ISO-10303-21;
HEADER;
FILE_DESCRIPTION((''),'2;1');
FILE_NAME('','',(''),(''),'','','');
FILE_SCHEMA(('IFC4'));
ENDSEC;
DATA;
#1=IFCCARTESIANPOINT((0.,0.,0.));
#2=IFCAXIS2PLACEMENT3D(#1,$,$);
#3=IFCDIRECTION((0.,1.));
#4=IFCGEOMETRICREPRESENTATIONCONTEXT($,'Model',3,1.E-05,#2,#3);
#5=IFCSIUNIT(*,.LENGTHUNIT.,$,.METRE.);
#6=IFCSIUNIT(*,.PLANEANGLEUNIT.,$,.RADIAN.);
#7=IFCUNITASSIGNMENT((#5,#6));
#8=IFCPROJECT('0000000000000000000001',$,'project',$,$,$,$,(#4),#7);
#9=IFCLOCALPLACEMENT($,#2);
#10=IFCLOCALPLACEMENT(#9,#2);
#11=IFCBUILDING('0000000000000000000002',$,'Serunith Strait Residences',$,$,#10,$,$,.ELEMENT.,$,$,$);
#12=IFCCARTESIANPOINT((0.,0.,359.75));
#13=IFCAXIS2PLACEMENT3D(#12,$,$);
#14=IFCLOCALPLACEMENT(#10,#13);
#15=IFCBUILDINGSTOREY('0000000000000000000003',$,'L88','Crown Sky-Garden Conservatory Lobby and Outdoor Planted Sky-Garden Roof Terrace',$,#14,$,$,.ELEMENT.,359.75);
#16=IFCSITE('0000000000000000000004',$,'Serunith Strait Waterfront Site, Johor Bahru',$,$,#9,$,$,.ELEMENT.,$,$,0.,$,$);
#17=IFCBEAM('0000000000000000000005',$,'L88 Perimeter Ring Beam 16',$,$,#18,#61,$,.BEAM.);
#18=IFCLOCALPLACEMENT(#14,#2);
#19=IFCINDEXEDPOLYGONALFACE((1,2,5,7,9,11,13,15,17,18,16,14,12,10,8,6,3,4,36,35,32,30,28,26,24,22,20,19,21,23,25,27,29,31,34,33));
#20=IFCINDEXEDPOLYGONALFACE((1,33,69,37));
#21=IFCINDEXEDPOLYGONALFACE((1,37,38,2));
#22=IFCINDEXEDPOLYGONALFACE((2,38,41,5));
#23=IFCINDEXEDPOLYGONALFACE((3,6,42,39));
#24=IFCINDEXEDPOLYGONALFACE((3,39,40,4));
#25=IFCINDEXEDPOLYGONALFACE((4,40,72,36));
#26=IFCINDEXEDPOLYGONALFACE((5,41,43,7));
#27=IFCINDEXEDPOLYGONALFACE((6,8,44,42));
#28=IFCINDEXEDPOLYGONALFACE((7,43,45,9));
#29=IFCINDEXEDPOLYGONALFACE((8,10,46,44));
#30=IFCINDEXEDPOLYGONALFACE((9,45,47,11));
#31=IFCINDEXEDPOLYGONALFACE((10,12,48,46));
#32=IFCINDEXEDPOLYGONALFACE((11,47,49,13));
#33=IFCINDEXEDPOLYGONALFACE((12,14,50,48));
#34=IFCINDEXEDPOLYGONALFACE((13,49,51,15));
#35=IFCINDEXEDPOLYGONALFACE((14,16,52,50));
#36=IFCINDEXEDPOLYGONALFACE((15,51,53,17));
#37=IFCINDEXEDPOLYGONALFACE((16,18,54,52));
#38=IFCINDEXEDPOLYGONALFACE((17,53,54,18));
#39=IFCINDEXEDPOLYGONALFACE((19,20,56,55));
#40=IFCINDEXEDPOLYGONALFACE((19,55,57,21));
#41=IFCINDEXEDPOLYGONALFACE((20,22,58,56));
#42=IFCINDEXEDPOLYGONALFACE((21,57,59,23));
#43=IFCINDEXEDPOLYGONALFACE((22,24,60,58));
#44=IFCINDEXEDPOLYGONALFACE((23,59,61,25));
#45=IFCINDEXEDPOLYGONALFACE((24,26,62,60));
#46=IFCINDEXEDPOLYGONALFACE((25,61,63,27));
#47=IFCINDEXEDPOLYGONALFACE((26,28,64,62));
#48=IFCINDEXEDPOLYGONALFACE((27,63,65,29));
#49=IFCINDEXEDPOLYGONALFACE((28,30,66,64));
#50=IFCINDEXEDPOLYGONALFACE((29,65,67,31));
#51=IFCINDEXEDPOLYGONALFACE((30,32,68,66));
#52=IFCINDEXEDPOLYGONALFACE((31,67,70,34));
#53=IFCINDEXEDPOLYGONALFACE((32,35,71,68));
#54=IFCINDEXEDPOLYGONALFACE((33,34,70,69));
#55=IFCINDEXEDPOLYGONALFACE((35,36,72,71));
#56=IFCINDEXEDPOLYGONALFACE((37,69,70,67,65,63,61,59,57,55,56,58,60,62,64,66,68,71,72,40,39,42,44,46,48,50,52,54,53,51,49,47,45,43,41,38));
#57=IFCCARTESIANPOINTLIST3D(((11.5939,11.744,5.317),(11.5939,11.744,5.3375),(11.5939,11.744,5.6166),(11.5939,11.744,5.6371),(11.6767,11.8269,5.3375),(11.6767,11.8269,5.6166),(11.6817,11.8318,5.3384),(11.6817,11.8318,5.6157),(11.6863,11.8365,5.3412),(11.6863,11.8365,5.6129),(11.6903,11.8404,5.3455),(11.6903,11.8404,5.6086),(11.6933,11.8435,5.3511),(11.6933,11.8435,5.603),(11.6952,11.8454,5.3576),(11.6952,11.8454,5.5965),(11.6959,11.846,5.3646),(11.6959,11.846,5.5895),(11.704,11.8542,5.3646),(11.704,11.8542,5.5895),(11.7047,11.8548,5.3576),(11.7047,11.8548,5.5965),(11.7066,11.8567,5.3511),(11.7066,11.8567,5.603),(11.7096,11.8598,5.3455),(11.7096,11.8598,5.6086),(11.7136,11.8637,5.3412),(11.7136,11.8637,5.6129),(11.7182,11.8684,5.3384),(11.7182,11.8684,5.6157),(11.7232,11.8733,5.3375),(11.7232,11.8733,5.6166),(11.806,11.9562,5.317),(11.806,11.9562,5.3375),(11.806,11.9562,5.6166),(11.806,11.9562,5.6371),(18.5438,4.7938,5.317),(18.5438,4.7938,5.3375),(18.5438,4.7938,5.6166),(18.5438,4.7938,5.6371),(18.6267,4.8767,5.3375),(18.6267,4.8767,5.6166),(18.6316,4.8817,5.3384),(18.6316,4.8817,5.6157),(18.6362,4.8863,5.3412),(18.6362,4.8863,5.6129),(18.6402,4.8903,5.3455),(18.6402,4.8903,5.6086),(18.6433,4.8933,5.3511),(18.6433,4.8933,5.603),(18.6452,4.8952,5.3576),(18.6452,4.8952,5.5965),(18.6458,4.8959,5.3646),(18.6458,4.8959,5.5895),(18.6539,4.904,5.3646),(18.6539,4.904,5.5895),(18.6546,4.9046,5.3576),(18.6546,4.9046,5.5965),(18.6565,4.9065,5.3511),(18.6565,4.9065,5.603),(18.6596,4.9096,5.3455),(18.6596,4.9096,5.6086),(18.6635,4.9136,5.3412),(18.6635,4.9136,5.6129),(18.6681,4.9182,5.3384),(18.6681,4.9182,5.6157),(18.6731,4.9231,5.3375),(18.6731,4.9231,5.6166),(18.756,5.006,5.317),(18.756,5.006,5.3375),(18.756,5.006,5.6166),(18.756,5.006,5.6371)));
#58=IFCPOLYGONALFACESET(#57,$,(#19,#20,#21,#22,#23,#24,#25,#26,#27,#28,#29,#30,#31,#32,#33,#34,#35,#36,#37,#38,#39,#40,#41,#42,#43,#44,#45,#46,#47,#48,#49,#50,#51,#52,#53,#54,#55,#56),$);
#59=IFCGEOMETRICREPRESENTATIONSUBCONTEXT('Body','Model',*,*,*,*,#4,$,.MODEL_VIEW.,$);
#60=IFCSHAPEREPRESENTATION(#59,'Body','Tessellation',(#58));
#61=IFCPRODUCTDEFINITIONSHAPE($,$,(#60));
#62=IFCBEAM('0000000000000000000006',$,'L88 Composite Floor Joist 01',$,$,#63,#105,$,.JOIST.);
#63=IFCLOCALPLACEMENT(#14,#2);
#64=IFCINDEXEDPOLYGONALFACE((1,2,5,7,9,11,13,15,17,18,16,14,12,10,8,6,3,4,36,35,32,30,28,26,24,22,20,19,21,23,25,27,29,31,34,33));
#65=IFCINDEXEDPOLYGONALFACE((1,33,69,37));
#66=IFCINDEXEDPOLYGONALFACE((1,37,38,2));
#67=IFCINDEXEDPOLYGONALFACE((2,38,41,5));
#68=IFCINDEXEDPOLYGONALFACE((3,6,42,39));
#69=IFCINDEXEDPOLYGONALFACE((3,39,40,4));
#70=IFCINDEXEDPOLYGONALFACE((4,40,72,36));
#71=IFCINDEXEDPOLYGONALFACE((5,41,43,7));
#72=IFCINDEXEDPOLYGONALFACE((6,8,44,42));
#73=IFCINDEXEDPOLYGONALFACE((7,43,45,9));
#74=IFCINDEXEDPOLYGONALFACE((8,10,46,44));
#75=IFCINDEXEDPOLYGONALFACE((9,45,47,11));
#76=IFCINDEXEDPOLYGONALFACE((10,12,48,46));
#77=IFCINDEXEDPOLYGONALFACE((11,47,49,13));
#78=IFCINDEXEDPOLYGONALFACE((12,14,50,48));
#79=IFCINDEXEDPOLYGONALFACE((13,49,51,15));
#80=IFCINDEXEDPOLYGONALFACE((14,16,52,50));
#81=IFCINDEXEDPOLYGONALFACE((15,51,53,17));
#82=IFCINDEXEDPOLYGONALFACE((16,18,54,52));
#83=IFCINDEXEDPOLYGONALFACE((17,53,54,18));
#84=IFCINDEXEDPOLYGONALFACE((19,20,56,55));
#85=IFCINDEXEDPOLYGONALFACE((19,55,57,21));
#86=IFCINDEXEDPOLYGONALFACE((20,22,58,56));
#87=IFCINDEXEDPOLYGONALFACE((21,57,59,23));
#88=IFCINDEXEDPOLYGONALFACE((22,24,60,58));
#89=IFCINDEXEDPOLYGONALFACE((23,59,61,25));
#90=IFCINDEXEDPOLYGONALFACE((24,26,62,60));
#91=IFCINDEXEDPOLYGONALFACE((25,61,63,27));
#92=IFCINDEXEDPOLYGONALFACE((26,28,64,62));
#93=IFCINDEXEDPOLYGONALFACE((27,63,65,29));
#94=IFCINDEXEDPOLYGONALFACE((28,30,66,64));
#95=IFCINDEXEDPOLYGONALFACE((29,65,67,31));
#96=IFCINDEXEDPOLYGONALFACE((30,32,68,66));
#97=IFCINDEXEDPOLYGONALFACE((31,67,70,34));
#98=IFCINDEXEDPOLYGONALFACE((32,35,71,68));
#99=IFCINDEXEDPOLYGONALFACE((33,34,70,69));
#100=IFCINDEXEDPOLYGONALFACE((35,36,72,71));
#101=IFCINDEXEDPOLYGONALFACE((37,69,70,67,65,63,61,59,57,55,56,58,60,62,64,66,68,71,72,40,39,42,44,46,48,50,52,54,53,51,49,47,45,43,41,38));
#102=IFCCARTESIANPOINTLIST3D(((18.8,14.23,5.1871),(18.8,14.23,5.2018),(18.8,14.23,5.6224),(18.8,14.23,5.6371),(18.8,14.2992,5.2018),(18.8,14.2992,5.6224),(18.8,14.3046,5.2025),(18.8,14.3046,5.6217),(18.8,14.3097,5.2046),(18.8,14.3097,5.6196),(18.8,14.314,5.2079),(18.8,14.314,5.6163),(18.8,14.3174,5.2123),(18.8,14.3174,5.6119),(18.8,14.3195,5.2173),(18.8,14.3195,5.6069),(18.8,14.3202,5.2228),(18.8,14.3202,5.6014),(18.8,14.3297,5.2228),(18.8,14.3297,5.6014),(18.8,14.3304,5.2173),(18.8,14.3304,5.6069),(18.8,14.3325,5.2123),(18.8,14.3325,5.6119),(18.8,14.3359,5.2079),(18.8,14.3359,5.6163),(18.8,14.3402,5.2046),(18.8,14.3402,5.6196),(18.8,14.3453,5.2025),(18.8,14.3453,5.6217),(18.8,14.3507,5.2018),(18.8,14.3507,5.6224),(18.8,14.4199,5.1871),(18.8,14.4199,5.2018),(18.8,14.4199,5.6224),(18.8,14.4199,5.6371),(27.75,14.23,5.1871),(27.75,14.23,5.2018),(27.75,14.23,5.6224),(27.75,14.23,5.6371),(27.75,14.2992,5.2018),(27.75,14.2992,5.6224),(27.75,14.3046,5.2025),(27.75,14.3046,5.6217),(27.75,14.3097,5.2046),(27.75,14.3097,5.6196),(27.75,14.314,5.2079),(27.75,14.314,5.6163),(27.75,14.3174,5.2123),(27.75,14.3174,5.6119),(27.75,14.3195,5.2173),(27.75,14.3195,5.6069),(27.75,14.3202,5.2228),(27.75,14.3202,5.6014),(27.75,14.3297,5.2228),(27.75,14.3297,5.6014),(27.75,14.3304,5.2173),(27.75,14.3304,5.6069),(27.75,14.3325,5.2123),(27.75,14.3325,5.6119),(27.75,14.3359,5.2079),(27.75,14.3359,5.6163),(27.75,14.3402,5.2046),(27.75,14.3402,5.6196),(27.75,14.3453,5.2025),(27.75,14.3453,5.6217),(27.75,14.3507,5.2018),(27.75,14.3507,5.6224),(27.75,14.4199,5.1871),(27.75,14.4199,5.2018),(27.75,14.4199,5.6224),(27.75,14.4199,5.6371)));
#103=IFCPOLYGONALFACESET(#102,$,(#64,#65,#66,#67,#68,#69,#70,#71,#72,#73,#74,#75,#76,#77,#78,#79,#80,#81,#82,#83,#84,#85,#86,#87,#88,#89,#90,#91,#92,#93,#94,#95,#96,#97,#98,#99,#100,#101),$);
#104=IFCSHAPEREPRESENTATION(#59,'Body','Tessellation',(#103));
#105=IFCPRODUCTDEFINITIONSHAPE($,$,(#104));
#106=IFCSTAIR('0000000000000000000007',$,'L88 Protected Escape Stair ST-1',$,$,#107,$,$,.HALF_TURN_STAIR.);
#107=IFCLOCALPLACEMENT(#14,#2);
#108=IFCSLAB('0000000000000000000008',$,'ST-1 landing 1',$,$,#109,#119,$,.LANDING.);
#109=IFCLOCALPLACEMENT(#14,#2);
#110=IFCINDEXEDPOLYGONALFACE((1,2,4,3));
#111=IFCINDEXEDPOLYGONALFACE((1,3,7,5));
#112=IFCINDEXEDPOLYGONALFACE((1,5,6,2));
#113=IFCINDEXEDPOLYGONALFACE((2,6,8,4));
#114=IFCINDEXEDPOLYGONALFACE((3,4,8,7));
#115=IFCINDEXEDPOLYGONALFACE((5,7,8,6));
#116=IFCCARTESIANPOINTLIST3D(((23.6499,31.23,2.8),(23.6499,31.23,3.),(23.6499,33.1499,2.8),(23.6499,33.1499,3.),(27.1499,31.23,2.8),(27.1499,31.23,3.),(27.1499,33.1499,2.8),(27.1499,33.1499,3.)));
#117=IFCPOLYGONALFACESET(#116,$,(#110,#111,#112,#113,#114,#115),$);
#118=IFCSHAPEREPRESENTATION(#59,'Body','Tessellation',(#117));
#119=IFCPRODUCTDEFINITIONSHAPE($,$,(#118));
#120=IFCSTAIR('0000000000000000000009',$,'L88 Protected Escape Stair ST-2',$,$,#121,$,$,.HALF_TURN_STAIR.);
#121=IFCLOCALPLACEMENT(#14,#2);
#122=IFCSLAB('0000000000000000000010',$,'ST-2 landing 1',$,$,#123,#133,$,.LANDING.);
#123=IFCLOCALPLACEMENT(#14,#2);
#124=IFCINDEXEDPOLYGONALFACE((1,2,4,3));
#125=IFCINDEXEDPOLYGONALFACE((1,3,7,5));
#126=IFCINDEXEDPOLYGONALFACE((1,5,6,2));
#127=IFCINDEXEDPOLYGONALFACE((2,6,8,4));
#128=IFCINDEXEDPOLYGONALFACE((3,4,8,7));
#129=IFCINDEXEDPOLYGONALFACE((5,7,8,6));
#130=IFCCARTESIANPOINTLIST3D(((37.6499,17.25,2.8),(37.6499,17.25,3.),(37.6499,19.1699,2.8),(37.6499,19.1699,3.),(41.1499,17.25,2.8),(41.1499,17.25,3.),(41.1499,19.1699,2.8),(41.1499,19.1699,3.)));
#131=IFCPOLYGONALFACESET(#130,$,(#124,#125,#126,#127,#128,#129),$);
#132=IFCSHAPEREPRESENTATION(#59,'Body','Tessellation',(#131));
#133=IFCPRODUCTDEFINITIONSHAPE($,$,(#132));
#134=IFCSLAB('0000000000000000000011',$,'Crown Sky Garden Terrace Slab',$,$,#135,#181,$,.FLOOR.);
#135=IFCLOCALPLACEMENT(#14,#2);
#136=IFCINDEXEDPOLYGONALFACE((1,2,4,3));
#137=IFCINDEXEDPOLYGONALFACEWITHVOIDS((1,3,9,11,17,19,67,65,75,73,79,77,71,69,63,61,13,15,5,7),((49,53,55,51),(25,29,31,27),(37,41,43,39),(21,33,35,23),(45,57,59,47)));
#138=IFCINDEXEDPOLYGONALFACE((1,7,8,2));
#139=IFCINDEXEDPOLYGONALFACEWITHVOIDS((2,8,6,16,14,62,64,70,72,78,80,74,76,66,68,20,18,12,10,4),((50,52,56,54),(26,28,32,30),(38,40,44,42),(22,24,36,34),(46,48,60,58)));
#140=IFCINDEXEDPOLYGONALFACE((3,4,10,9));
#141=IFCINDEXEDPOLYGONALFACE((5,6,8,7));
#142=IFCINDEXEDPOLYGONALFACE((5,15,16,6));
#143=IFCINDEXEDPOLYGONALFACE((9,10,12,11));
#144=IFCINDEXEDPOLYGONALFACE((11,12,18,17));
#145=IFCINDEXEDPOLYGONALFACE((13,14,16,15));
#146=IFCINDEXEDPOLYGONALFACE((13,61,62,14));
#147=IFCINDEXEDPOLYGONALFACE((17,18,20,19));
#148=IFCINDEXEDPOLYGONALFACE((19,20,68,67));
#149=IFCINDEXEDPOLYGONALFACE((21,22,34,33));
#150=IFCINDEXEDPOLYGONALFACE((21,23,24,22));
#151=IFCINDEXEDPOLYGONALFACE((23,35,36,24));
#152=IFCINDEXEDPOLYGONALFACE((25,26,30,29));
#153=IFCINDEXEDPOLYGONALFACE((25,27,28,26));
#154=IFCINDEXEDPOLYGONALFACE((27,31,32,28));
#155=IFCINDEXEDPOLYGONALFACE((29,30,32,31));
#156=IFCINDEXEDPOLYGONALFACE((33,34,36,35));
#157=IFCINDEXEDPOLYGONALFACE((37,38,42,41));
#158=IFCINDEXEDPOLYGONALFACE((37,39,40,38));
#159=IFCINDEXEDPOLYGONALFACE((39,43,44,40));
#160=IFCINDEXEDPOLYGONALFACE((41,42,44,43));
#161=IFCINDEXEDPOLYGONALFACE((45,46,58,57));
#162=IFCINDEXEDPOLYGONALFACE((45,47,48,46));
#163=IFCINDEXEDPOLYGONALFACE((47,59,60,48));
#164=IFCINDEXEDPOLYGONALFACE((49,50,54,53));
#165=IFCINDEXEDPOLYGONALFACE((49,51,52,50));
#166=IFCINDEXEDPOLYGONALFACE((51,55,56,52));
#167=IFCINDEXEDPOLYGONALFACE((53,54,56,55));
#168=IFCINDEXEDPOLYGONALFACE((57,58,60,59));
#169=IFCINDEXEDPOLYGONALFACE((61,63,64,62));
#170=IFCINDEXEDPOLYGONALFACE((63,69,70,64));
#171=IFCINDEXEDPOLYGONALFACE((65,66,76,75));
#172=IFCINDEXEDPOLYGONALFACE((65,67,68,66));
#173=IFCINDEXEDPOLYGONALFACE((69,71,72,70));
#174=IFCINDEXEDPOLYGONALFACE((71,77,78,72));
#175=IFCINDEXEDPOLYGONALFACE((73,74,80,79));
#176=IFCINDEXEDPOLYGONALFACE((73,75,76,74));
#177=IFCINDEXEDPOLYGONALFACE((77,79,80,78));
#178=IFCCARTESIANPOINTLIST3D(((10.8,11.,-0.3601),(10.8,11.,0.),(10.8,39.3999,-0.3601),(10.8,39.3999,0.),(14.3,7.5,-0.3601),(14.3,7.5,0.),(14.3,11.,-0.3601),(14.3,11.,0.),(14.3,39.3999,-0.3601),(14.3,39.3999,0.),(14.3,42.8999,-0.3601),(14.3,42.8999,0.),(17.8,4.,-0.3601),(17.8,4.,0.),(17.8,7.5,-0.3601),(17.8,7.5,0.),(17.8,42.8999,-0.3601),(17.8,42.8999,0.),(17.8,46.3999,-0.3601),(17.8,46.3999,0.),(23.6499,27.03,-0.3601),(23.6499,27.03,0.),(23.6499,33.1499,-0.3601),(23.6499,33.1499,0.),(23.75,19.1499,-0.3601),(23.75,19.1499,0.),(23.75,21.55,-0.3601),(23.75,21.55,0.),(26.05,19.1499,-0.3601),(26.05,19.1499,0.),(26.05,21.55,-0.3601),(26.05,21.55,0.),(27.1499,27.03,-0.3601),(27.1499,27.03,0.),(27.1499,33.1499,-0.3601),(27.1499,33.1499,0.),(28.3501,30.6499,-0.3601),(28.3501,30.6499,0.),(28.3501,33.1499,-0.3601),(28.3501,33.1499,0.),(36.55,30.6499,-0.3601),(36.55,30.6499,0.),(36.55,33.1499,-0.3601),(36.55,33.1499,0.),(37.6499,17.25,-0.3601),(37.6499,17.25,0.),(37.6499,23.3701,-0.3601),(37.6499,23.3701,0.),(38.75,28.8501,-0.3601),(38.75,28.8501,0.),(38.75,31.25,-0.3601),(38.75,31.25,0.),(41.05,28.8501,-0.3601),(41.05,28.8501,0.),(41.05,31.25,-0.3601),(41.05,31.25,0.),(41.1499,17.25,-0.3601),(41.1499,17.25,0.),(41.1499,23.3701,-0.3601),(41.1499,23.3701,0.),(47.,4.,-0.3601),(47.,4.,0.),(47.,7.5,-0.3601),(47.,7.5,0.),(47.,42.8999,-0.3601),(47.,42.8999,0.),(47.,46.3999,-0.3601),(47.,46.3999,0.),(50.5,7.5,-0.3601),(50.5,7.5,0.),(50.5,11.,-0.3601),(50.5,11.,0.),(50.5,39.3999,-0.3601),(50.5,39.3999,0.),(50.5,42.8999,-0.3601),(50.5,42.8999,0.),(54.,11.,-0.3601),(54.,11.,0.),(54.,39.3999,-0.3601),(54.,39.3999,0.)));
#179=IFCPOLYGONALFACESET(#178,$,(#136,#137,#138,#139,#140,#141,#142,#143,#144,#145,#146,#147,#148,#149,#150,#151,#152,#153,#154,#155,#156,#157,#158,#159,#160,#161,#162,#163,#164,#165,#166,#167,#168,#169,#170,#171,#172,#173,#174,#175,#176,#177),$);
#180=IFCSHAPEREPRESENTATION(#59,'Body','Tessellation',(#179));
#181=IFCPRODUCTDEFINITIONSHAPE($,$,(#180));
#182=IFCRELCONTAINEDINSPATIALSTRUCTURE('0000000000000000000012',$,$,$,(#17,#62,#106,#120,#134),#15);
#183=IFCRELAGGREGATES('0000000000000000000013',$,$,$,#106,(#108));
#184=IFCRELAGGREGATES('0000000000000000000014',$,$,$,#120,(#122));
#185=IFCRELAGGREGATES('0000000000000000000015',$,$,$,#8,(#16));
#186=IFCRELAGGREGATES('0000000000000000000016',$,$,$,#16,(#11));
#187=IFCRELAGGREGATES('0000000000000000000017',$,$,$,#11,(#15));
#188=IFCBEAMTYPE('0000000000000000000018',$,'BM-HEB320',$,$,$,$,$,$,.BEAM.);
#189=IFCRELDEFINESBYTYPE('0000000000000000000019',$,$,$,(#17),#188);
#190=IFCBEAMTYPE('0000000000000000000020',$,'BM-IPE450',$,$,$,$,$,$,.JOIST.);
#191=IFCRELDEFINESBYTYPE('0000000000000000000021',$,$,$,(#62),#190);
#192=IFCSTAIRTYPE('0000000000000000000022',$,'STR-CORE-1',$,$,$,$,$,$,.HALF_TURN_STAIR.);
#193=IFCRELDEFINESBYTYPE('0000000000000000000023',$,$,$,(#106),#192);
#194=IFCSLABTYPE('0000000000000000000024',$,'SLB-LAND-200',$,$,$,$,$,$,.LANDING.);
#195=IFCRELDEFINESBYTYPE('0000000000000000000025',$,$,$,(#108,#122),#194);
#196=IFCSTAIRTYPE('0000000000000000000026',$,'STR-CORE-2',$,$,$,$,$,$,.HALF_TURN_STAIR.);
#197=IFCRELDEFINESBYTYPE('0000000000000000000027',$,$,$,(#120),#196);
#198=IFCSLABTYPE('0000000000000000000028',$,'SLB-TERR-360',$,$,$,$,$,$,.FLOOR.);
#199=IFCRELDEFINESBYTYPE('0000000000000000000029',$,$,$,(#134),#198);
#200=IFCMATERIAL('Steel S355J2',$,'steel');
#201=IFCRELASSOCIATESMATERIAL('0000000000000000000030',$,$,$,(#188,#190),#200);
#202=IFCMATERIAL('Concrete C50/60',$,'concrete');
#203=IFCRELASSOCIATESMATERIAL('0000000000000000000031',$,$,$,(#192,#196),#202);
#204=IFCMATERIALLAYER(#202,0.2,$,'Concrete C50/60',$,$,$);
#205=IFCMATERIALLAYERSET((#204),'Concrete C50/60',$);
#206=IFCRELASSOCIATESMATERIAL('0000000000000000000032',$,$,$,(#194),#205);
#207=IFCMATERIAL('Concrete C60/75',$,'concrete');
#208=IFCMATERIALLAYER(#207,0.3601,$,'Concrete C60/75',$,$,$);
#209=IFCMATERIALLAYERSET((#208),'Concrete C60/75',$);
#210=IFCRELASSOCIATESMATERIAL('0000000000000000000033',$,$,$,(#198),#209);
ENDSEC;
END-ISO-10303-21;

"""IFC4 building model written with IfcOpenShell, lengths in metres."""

from ifc_helpers import new_model, si_unit, direction, frame, origin, origin_2d, place, context, subcontext, project, spatial, polyline, i_section, outline, extrude, source, transform, mapped, material, layer, layer_set, material_profile, profile_set, type_object, element, aggregate, save


model = new_model("IFC4")

# Units and contexts
model_context = context("Model", 3, precision=1e-05, world=origin(), true_north=direction((0.0, 1.0)))
body_context = subcontext(model_context, "Body", "Model", "MODEL_VIEW")
ifc_project = project(units=[si_unit("LENGTHUNIT", "METRE"), si_unit("PLANEANGLEUNIT", "RADIAN")], contexts=[model_context])

# Site, building, storey
site_placement = place(None, origin())
site = spatial("IfcSite", under=ifc_project, at=site_placement, Name="Serunith Strait Waterfront Site, Johor Bahru", CompositionType="ELEMENT", RefElevation=0.0)
building_placement = place(site_placement, origin())
building = spatial("IfcBuilding", under=site, at=building_placement, Name="Serunith Strait Residences", CompositionType="ELEMENT")
storey_placement = place(building_placement, frame((0.0, 0.0, 359.75)))
storey = spatial("IfcBuildingStorey", under=building, at=storey_placement, Name="L88", Description="Crown Sky-Garden Conservatory Lobby and Outdoor Planted Sky-Garden Roof Terrace", CompositionType="ELEMENT", Elevation=359.75)

# Shared definitions
ifc_material_1 = material(Name="Concrete C60/75", Category="concrete")

# Beams
ifc_material_2 = material(Name="Steel S355J2", Category="steel")
ifc_material_profile_1 = material_profile(ifc_material_2, i_section(OverallWidth=0.3, OverallDepth=0.3201, WebThickness=0.0115, FlangeThickness=0.0205, FilletRadius=0.0271, at=origin_2d()), Name="HEB 320")
ifc_profile_set_1 = profile_set([ifc_material_profile_1], Name="Steel S355J2")
beam_type_1 = type_object("IfcBeamType", Name="BM-HEB320", PredefinedType="BEAM", material=ifc_profile_set_1)
shared_shape_1 = source(origin(), body_context, "Body", "SweptSolid", [
    extrude(i_section(OverallWidth=0.3, OverallDepth=0.3201, WebThickness=0.0115, FlangeThickness=0.0205, FilletRadius=0.0271, at=origin_2d()), origin(), (0.0, 0.0, 1.0), 9.8289),
])
beam_1_placement = place(storey_placement, frame((11.7, 11.8501, 5.4771), z_axis=(0.707094, -0.707119, 0.0), x_axis=(0.707119, 0.707094, 0.0)))
element("IfcBeam", 1, at=beam_1_placement, inside=storey, type_object=beam_type_1, Name="L88 Perimeter Ring Beam 16", PredefinedType="BEAM", context=body_context, shape_type="MappedRepresentation", body=[
    mapped(shared_shape_1, transform((0.0, 0.0, 0.0), scale=1.0)),
])
ifc_material_profile_2 = material_profile(ifc_material_2, i_section(OverallWidth=0.1899, OverallDepth=0.45, WebThickness=0.0095, FlangeThickness=0.0146, FilletRadius=0.021, at=origin_2d()), Name="IPE 450")
ifc_profile_set_2 = profile_set([ifc_material_profile_2], Name="Steel S355J2")
beam_type_2 = type_object("IfcBeamType", Name="BM-IPE450", PredefinedType="JOIST", material=ifc_profile_set_2)
shared_shape_2 = source(origin(), body_context, "Body", "SweptSolid", [
    extrude(i_section(OverallWidth=0.1899, OverallDepth=0.45, WebThickness=0.0095, FlangeThickness=0.0146, FilletRadius=0.021, at=origin_2d()), origin(), (0.0, 0.0, 1.0), 8.95),
])
beam_2_placement = place(storey_placement, frame((18.8, 14.325, 5.4121), z_axis=(1.0, 0.0, 0.0), x_axis=(0.0, 1.0, 0.0)))
element("IfcBeam", 2, at=beam_2_placement, inside=storey, type_object=beam_type_2, Name="L88 Composite Floor Joist 01", PredefinedType="JOIST", context=body_context, shape_type="MappedRepresentation", body=[
    mapped(shared_shape_2, transform((0.0, 0.0, 0.0), scale=1.0)),
])

# Stairs, slabs
ifc_material_3 = material(Name="Concrete C50/60", Category="concrete")
stair_type_1 = type_object("IfcStairType", Name="STR-CORE-1", PredefinedType="HALF_TURN_STAIR", material=ifc_material_3)
stair_1_placement = place(storey_placement, origin())
stair_1 = element("IfcStair", 3, at=stair_1_placement, inside=storey, type_object=stair_type_1, Name="L88 Protected Escape Stair ST-1", PredefinedType="HALF_TURN_STAIR")
ifc_layer_1 = layer(ifc_material_3, 0.2, Name="Concrete C50/60")
ifc_layer_set_1 = layer_set([ifc_layer_1], Name="Concrete C50/60")
slab_type_1 = type_object("IfcSlabType", Name="SLB-LAND-200", PredefinedType="LANDING", material=ifc_layer_set_1)
slab_1_placement = place(storey_placement, frame((0.0, 0.0, 2.8)))
slab_1 = element("IfcSlab", 4, at=slab_1_placement, type_object=slab_type_1, Name="ST-1 landing 1", PredefinedType="LANDING", context=body_context, shape_type="SweptSolid", body=[
    extrude(outline(polyline([(27.1499, 31.23), (27.1499, 33.1499), (23.6499, 33.1499), (23.6499, 31.23), (27.1499, 31.23)])), origin(), (0.0, 0.0, 1.0), 0.2),
])
aggregate(stair_1, [slab_1])
stair_type_2 = type_object("IfcStairType", Name="STR-CORE-2", PredefinedType="HALF_TURN_STAIR", material=ifc_material_3)
stair_2_placement = place(storey_placement, origin())
stair_2 = element("IfcStair", 5, at=stair_2_placement, inside=storey, type_object=stair_type_2, Name="L88 Protected Escape Stair ST-2", PredefinedType="HALF_TURN_STAIR")
slab_2_placement = place(storey_placement, frame((0.0, 0.0, 2.8)))
slab_2 = element("IfcSlab", 6, at=slab_2_placement, type_object=slab_type_1, Name="ST-2 landing 1", PredefinedType="LANDING", context=body_context, shape_type="SweptSolid", body=[
    extrude(outline(polyline([(37.6499, 19.1699), (37.6499, 17.25), (41.1499, 17.25), (41.1499, 19.1699), (37.6499, 19.1699)])), origin(), (0.0, 0.0, 1.0), 0.2),
])
aggregate(stair_2, [slab_2])

# Slab
ifc_layer_2 = layer(ifc_material_1, 0.3601, Name="Concrete C60/75")
ifc_layer_set_2 = layer_set([ifc_layer_2], Name="Concrete C60/75")
slab_type_2 = type_object("IfcSlabType", Name="SLB-TERR-360", PredefinedType="FLOOR", material=ifc_layer_set_2)
slab_3_placement = place(storey_placement, frame((0.0, 0.0, -0.3601)))
element("IfcSlab", 7, at=slab_3_placement, inside=storey, type_object=slab_type_2, Name="Crown Sky Garden Terrace Slab", PredefinedType="FLOOR", context=body_context, shape_type="SweptSolid", body=[
    extrude(outline(polyline([(17.8, 7.5), (14.3, 7.5), (14.3, 11.0), (10.8, 11.0), (10.8, 39.3999), (14.3, 39.3999), (14.3, 42.8999), (17.8, 42.8999), (17.8, 46.3999), (47.0, 46.3999), (47.0, 42.8999), (50.5, 42.8999), (50.5, 39.3999), (54.0, 39.3999), (54.0, 11.0), (50.5, 11.0), (50.5, 7.5), (47.0, 7.5), (47.0, 4.0), (17.8, 4.0), (17.8, 7.5)]), holes=[polyline([(41.1499, 23.3701), (37.6499, 23.3701), (37.6499, 17.25), (41.1499, 17.25), (41.1499, 23.3701)]), polyline([(38.75, 31.25), (38.75, 28.8501), (41.05, 28.8501), (41.05, 31.25), (38.75, 31.25)]), polyline([(36.55, 33.1499), (28.3501, 33.1499), (28.3501, 30.6499), (36.55, 30.6499), (36.55, 33.1499)]), polyline([(23.6499, 33.1499), (23.6499, 27.03), (27.1499, 27.03), (27.1499, 33.1499), (23.6499, 33.1499)]), polyline([(23.75, 21.55), (23.75, 19.1499), (26.05, 19.1499), (26.05, 21.55), (23.75, 21.55)])]), origin(), (0.0, 0.0, 1.0), 0.3601),
])

save(model, "model.ifc")
